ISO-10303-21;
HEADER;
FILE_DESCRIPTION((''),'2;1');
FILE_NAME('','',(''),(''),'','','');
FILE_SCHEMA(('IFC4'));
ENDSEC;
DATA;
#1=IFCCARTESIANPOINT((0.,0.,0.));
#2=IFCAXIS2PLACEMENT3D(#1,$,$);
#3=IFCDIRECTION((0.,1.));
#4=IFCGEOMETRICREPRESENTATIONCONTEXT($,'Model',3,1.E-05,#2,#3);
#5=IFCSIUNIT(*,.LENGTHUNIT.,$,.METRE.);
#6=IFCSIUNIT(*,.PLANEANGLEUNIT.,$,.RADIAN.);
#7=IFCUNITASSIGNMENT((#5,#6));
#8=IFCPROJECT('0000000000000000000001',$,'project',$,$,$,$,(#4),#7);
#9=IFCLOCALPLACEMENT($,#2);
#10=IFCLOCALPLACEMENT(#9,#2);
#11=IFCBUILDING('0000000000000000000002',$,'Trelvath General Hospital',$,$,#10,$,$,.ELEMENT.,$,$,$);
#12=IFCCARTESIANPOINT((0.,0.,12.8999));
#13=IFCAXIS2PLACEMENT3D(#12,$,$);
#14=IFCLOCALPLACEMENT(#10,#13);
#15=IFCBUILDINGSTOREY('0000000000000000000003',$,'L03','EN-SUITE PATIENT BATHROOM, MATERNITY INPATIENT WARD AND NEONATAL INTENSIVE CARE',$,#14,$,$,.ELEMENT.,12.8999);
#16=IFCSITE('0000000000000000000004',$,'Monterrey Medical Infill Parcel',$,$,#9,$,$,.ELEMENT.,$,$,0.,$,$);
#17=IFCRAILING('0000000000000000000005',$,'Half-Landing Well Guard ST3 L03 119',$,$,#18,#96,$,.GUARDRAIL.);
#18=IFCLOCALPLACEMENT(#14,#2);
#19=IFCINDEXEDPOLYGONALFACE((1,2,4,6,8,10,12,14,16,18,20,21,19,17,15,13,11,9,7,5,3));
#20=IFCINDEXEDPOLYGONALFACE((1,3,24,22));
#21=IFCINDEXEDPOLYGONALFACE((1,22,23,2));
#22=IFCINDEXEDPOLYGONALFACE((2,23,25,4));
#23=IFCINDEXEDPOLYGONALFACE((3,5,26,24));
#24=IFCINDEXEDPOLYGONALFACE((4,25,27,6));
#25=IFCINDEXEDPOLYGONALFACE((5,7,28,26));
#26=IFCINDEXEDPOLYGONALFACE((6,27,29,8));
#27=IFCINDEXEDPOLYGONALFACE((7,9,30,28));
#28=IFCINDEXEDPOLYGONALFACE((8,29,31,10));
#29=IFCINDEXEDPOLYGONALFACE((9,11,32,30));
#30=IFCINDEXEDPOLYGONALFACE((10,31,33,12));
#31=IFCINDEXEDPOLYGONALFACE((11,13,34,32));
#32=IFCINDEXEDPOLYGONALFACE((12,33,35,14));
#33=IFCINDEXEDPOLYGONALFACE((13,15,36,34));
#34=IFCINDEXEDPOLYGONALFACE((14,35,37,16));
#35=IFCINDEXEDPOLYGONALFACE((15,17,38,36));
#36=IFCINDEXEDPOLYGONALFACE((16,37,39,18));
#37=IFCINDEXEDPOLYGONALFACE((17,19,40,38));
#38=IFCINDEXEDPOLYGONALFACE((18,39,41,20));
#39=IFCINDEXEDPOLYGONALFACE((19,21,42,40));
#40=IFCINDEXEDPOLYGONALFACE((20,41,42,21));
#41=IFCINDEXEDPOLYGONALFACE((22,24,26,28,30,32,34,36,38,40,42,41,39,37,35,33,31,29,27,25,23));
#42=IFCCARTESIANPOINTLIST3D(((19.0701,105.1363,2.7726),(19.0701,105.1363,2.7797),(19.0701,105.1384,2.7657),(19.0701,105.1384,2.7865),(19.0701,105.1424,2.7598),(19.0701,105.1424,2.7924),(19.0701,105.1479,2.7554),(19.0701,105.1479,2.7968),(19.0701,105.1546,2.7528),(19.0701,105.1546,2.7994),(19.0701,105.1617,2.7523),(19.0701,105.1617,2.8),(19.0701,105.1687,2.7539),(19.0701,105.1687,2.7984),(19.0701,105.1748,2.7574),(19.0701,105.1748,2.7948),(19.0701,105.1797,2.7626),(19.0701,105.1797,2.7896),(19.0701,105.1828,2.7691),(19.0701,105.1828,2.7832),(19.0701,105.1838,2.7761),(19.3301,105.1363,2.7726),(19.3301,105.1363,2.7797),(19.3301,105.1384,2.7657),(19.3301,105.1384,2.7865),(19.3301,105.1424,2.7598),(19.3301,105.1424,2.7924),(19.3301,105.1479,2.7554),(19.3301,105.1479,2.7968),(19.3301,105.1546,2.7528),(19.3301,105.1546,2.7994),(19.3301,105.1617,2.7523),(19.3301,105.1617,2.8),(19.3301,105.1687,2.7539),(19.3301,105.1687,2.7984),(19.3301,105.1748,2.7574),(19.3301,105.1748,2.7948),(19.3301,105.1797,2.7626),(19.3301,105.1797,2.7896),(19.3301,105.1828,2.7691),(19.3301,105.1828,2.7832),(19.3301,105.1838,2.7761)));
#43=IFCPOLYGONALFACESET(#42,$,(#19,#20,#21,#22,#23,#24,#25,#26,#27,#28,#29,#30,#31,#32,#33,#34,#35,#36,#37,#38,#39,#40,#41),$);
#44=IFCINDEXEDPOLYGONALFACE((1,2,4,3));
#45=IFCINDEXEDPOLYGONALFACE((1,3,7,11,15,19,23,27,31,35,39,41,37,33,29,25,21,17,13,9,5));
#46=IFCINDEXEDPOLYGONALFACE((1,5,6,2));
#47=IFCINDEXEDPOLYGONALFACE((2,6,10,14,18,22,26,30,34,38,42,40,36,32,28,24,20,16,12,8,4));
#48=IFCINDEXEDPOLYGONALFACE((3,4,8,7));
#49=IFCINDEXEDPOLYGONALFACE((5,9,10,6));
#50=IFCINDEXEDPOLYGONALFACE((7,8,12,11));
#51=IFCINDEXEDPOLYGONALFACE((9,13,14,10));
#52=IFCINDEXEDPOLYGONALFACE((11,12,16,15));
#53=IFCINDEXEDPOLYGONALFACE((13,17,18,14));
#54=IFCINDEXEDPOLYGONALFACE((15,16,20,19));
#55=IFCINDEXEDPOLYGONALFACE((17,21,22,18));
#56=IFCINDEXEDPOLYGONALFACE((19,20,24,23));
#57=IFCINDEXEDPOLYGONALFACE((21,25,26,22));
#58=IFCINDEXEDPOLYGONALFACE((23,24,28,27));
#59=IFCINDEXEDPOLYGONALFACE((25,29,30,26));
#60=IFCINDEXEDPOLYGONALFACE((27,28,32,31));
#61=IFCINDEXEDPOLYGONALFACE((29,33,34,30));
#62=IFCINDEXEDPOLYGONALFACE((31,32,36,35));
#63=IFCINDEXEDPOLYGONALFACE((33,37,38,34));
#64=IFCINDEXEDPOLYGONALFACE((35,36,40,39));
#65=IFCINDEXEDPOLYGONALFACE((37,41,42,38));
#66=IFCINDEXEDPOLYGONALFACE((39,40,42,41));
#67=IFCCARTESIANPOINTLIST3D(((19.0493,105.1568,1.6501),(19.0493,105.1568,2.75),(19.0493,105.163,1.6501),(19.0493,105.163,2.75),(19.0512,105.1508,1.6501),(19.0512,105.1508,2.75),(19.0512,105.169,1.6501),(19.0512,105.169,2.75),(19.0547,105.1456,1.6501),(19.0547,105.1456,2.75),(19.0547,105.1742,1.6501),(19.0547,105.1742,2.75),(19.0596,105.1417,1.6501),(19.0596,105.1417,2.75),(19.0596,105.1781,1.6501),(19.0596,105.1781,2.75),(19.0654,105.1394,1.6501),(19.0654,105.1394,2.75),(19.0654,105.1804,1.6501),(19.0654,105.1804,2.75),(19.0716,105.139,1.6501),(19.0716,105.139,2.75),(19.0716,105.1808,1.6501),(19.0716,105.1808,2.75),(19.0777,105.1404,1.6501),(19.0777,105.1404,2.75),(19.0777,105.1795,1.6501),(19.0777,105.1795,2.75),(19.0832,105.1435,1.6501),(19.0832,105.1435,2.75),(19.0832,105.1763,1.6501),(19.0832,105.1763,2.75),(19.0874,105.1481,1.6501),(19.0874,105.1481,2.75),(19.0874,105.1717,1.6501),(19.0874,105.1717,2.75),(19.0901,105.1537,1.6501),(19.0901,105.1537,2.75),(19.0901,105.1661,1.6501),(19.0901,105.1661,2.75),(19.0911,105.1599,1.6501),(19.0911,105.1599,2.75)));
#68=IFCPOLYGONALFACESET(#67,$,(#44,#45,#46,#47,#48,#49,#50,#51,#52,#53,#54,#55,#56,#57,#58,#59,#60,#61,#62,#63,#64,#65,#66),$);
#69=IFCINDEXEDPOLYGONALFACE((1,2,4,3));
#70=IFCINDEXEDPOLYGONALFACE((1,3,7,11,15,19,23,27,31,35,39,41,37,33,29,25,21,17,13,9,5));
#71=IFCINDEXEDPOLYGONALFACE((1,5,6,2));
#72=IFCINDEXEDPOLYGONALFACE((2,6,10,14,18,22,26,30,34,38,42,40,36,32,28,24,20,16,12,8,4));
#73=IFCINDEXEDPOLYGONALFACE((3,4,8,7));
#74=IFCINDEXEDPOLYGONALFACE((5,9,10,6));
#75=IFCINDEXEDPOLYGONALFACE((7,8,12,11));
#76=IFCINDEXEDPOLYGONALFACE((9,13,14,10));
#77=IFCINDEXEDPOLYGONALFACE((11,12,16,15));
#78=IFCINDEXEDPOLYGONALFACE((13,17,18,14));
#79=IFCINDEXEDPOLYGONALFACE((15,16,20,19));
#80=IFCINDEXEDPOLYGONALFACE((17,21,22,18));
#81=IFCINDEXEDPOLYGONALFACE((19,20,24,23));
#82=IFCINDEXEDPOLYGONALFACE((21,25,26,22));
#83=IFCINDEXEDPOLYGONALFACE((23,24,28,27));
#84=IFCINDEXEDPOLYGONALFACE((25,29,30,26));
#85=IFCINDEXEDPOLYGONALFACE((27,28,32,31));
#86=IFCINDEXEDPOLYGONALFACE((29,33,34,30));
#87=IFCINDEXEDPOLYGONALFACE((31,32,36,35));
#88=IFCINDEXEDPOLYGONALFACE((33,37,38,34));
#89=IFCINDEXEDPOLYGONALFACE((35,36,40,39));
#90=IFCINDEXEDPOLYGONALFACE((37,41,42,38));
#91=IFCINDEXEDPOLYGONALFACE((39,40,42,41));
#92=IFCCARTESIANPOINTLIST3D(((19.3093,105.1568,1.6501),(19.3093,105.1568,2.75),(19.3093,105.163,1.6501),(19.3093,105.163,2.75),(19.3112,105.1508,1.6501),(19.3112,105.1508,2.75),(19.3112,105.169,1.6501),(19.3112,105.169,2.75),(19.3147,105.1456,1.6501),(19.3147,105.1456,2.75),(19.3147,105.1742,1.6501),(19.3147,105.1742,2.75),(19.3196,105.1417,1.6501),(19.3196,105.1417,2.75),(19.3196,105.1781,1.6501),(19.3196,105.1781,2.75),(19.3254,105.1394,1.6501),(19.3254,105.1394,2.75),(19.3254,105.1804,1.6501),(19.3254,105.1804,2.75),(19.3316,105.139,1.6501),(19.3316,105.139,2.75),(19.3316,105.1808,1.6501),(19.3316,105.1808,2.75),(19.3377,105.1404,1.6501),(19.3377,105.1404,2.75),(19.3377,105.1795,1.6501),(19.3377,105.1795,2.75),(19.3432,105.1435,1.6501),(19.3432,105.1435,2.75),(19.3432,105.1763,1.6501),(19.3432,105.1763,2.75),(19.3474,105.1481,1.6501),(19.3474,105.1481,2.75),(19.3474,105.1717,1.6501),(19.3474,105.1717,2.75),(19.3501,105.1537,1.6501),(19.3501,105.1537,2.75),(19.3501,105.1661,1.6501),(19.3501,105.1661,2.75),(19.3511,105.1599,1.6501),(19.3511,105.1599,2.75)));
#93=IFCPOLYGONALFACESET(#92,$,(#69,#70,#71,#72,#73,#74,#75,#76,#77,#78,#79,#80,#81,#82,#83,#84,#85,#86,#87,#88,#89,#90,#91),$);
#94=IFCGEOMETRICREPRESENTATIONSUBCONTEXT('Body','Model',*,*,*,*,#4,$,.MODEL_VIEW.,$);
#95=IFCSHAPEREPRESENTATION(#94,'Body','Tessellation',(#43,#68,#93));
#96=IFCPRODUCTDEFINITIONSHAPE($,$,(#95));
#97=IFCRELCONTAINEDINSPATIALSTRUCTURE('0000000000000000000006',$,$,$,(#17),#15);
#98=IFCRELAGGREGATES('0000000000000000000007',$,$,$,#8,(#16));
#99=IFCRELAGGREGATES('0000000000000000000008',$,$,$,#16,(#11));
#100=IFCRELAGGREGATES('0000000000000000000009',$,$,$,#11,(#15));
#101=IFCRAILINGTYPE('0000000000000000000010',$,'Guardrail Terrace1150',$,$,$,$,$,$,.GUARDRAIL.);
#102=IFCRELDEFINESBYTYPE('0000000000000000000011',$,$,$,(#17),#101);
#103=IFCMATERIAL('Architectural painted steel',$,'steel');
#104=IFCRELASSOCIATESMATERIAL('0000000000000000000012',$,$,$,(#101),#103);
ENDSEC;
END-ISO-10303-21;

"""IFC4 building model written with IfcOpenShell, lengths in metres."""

from ifc_helpers import new_model, si_unit, direction, frame, origin, origin_2d, place, context, subcontext, project, spatial, circle, extrude, material, type_object, element, save


model = new_model("IFC4")

# Units and contexts
model_context = context("Model", 3, precision=1e-05, world=origin(), true_north=direction((0.0, 1.0)))
body_context = subcontext(model_context, "Body", "Model", "MODEL_VIEW")
ifc_project = project(units=[si_unit("LENGTHUNIT", "METRE"), si_unit("PLANEANGLEUNIT", "RADIAN")], contexts=[model_context])

# Site, building, storey
site_placement = place(None, origin())
site = spatial("IfcSite", under=ifc_project, at=site_placement, Name="Monterrey Medical Infill Parcel", CompositionType="ELEMENT", RefElevation=0.0)
building_placement = place(site_placement, origin())
building = spatial("IfcBuilding", under=site, at=building_placement, Name="Trelvath General Hospital", CompositionType="ELEMENT")
storey_placement = place(building_placement, frame((0.0, 0.0, 12.8999)))
storey = spatial("IfcBuildingStorey", under=building, at=storey_placement, Name="L03", Description="EN-SUITE PATIENT BATHROOM, MATERNITY INPATIENT WARD AND NEONATAL INTENSIVE CARE", CompositionType="ELEMENT", Elevation=12.8999)

# Railing
ifc_material_1 = material(Name="Architectural painted steel", Category="steel")
railing_type_1 = type_object("IfcRailingType", Name="Guardrail Terrace1150", PredefinedType="GUARDRAIL", material=ifc_material_1)
railing_1_placement = place(storey_placement, frame((19.0701, 105.1599, 1.6501)))
element("IfcRailing", 1, at=railing_1_placement, inside=storey, type_object=railing_type_1, Name="Half-Landing Well Guard ST3 L03 119", PredefinedType="GUARDRAIL", context=body_context, shape_type="SweptSolid", body=[
    extrude(circle(Radius=0.0239, at=origin_2d()), frame((0.0, 0.0, 1.126), z_axis=(1.0, 0.0, 0.0), x_axis=(0.0, 1.0, 0.0)), (0.0, 0.0, 1.0), 0.26),
    extrude(circle(Radius=0.021, at=origin_2d()), origin(), (0.0, 0.0, 1.0), 1.0999),
    extrude(circle(Radius=0.021, at=origin_2d()), frame((0.26, 0.0, 0.0)), (0.0, 0.0, 1.0), 1.0999),
])

save(model, "model.ifc")
